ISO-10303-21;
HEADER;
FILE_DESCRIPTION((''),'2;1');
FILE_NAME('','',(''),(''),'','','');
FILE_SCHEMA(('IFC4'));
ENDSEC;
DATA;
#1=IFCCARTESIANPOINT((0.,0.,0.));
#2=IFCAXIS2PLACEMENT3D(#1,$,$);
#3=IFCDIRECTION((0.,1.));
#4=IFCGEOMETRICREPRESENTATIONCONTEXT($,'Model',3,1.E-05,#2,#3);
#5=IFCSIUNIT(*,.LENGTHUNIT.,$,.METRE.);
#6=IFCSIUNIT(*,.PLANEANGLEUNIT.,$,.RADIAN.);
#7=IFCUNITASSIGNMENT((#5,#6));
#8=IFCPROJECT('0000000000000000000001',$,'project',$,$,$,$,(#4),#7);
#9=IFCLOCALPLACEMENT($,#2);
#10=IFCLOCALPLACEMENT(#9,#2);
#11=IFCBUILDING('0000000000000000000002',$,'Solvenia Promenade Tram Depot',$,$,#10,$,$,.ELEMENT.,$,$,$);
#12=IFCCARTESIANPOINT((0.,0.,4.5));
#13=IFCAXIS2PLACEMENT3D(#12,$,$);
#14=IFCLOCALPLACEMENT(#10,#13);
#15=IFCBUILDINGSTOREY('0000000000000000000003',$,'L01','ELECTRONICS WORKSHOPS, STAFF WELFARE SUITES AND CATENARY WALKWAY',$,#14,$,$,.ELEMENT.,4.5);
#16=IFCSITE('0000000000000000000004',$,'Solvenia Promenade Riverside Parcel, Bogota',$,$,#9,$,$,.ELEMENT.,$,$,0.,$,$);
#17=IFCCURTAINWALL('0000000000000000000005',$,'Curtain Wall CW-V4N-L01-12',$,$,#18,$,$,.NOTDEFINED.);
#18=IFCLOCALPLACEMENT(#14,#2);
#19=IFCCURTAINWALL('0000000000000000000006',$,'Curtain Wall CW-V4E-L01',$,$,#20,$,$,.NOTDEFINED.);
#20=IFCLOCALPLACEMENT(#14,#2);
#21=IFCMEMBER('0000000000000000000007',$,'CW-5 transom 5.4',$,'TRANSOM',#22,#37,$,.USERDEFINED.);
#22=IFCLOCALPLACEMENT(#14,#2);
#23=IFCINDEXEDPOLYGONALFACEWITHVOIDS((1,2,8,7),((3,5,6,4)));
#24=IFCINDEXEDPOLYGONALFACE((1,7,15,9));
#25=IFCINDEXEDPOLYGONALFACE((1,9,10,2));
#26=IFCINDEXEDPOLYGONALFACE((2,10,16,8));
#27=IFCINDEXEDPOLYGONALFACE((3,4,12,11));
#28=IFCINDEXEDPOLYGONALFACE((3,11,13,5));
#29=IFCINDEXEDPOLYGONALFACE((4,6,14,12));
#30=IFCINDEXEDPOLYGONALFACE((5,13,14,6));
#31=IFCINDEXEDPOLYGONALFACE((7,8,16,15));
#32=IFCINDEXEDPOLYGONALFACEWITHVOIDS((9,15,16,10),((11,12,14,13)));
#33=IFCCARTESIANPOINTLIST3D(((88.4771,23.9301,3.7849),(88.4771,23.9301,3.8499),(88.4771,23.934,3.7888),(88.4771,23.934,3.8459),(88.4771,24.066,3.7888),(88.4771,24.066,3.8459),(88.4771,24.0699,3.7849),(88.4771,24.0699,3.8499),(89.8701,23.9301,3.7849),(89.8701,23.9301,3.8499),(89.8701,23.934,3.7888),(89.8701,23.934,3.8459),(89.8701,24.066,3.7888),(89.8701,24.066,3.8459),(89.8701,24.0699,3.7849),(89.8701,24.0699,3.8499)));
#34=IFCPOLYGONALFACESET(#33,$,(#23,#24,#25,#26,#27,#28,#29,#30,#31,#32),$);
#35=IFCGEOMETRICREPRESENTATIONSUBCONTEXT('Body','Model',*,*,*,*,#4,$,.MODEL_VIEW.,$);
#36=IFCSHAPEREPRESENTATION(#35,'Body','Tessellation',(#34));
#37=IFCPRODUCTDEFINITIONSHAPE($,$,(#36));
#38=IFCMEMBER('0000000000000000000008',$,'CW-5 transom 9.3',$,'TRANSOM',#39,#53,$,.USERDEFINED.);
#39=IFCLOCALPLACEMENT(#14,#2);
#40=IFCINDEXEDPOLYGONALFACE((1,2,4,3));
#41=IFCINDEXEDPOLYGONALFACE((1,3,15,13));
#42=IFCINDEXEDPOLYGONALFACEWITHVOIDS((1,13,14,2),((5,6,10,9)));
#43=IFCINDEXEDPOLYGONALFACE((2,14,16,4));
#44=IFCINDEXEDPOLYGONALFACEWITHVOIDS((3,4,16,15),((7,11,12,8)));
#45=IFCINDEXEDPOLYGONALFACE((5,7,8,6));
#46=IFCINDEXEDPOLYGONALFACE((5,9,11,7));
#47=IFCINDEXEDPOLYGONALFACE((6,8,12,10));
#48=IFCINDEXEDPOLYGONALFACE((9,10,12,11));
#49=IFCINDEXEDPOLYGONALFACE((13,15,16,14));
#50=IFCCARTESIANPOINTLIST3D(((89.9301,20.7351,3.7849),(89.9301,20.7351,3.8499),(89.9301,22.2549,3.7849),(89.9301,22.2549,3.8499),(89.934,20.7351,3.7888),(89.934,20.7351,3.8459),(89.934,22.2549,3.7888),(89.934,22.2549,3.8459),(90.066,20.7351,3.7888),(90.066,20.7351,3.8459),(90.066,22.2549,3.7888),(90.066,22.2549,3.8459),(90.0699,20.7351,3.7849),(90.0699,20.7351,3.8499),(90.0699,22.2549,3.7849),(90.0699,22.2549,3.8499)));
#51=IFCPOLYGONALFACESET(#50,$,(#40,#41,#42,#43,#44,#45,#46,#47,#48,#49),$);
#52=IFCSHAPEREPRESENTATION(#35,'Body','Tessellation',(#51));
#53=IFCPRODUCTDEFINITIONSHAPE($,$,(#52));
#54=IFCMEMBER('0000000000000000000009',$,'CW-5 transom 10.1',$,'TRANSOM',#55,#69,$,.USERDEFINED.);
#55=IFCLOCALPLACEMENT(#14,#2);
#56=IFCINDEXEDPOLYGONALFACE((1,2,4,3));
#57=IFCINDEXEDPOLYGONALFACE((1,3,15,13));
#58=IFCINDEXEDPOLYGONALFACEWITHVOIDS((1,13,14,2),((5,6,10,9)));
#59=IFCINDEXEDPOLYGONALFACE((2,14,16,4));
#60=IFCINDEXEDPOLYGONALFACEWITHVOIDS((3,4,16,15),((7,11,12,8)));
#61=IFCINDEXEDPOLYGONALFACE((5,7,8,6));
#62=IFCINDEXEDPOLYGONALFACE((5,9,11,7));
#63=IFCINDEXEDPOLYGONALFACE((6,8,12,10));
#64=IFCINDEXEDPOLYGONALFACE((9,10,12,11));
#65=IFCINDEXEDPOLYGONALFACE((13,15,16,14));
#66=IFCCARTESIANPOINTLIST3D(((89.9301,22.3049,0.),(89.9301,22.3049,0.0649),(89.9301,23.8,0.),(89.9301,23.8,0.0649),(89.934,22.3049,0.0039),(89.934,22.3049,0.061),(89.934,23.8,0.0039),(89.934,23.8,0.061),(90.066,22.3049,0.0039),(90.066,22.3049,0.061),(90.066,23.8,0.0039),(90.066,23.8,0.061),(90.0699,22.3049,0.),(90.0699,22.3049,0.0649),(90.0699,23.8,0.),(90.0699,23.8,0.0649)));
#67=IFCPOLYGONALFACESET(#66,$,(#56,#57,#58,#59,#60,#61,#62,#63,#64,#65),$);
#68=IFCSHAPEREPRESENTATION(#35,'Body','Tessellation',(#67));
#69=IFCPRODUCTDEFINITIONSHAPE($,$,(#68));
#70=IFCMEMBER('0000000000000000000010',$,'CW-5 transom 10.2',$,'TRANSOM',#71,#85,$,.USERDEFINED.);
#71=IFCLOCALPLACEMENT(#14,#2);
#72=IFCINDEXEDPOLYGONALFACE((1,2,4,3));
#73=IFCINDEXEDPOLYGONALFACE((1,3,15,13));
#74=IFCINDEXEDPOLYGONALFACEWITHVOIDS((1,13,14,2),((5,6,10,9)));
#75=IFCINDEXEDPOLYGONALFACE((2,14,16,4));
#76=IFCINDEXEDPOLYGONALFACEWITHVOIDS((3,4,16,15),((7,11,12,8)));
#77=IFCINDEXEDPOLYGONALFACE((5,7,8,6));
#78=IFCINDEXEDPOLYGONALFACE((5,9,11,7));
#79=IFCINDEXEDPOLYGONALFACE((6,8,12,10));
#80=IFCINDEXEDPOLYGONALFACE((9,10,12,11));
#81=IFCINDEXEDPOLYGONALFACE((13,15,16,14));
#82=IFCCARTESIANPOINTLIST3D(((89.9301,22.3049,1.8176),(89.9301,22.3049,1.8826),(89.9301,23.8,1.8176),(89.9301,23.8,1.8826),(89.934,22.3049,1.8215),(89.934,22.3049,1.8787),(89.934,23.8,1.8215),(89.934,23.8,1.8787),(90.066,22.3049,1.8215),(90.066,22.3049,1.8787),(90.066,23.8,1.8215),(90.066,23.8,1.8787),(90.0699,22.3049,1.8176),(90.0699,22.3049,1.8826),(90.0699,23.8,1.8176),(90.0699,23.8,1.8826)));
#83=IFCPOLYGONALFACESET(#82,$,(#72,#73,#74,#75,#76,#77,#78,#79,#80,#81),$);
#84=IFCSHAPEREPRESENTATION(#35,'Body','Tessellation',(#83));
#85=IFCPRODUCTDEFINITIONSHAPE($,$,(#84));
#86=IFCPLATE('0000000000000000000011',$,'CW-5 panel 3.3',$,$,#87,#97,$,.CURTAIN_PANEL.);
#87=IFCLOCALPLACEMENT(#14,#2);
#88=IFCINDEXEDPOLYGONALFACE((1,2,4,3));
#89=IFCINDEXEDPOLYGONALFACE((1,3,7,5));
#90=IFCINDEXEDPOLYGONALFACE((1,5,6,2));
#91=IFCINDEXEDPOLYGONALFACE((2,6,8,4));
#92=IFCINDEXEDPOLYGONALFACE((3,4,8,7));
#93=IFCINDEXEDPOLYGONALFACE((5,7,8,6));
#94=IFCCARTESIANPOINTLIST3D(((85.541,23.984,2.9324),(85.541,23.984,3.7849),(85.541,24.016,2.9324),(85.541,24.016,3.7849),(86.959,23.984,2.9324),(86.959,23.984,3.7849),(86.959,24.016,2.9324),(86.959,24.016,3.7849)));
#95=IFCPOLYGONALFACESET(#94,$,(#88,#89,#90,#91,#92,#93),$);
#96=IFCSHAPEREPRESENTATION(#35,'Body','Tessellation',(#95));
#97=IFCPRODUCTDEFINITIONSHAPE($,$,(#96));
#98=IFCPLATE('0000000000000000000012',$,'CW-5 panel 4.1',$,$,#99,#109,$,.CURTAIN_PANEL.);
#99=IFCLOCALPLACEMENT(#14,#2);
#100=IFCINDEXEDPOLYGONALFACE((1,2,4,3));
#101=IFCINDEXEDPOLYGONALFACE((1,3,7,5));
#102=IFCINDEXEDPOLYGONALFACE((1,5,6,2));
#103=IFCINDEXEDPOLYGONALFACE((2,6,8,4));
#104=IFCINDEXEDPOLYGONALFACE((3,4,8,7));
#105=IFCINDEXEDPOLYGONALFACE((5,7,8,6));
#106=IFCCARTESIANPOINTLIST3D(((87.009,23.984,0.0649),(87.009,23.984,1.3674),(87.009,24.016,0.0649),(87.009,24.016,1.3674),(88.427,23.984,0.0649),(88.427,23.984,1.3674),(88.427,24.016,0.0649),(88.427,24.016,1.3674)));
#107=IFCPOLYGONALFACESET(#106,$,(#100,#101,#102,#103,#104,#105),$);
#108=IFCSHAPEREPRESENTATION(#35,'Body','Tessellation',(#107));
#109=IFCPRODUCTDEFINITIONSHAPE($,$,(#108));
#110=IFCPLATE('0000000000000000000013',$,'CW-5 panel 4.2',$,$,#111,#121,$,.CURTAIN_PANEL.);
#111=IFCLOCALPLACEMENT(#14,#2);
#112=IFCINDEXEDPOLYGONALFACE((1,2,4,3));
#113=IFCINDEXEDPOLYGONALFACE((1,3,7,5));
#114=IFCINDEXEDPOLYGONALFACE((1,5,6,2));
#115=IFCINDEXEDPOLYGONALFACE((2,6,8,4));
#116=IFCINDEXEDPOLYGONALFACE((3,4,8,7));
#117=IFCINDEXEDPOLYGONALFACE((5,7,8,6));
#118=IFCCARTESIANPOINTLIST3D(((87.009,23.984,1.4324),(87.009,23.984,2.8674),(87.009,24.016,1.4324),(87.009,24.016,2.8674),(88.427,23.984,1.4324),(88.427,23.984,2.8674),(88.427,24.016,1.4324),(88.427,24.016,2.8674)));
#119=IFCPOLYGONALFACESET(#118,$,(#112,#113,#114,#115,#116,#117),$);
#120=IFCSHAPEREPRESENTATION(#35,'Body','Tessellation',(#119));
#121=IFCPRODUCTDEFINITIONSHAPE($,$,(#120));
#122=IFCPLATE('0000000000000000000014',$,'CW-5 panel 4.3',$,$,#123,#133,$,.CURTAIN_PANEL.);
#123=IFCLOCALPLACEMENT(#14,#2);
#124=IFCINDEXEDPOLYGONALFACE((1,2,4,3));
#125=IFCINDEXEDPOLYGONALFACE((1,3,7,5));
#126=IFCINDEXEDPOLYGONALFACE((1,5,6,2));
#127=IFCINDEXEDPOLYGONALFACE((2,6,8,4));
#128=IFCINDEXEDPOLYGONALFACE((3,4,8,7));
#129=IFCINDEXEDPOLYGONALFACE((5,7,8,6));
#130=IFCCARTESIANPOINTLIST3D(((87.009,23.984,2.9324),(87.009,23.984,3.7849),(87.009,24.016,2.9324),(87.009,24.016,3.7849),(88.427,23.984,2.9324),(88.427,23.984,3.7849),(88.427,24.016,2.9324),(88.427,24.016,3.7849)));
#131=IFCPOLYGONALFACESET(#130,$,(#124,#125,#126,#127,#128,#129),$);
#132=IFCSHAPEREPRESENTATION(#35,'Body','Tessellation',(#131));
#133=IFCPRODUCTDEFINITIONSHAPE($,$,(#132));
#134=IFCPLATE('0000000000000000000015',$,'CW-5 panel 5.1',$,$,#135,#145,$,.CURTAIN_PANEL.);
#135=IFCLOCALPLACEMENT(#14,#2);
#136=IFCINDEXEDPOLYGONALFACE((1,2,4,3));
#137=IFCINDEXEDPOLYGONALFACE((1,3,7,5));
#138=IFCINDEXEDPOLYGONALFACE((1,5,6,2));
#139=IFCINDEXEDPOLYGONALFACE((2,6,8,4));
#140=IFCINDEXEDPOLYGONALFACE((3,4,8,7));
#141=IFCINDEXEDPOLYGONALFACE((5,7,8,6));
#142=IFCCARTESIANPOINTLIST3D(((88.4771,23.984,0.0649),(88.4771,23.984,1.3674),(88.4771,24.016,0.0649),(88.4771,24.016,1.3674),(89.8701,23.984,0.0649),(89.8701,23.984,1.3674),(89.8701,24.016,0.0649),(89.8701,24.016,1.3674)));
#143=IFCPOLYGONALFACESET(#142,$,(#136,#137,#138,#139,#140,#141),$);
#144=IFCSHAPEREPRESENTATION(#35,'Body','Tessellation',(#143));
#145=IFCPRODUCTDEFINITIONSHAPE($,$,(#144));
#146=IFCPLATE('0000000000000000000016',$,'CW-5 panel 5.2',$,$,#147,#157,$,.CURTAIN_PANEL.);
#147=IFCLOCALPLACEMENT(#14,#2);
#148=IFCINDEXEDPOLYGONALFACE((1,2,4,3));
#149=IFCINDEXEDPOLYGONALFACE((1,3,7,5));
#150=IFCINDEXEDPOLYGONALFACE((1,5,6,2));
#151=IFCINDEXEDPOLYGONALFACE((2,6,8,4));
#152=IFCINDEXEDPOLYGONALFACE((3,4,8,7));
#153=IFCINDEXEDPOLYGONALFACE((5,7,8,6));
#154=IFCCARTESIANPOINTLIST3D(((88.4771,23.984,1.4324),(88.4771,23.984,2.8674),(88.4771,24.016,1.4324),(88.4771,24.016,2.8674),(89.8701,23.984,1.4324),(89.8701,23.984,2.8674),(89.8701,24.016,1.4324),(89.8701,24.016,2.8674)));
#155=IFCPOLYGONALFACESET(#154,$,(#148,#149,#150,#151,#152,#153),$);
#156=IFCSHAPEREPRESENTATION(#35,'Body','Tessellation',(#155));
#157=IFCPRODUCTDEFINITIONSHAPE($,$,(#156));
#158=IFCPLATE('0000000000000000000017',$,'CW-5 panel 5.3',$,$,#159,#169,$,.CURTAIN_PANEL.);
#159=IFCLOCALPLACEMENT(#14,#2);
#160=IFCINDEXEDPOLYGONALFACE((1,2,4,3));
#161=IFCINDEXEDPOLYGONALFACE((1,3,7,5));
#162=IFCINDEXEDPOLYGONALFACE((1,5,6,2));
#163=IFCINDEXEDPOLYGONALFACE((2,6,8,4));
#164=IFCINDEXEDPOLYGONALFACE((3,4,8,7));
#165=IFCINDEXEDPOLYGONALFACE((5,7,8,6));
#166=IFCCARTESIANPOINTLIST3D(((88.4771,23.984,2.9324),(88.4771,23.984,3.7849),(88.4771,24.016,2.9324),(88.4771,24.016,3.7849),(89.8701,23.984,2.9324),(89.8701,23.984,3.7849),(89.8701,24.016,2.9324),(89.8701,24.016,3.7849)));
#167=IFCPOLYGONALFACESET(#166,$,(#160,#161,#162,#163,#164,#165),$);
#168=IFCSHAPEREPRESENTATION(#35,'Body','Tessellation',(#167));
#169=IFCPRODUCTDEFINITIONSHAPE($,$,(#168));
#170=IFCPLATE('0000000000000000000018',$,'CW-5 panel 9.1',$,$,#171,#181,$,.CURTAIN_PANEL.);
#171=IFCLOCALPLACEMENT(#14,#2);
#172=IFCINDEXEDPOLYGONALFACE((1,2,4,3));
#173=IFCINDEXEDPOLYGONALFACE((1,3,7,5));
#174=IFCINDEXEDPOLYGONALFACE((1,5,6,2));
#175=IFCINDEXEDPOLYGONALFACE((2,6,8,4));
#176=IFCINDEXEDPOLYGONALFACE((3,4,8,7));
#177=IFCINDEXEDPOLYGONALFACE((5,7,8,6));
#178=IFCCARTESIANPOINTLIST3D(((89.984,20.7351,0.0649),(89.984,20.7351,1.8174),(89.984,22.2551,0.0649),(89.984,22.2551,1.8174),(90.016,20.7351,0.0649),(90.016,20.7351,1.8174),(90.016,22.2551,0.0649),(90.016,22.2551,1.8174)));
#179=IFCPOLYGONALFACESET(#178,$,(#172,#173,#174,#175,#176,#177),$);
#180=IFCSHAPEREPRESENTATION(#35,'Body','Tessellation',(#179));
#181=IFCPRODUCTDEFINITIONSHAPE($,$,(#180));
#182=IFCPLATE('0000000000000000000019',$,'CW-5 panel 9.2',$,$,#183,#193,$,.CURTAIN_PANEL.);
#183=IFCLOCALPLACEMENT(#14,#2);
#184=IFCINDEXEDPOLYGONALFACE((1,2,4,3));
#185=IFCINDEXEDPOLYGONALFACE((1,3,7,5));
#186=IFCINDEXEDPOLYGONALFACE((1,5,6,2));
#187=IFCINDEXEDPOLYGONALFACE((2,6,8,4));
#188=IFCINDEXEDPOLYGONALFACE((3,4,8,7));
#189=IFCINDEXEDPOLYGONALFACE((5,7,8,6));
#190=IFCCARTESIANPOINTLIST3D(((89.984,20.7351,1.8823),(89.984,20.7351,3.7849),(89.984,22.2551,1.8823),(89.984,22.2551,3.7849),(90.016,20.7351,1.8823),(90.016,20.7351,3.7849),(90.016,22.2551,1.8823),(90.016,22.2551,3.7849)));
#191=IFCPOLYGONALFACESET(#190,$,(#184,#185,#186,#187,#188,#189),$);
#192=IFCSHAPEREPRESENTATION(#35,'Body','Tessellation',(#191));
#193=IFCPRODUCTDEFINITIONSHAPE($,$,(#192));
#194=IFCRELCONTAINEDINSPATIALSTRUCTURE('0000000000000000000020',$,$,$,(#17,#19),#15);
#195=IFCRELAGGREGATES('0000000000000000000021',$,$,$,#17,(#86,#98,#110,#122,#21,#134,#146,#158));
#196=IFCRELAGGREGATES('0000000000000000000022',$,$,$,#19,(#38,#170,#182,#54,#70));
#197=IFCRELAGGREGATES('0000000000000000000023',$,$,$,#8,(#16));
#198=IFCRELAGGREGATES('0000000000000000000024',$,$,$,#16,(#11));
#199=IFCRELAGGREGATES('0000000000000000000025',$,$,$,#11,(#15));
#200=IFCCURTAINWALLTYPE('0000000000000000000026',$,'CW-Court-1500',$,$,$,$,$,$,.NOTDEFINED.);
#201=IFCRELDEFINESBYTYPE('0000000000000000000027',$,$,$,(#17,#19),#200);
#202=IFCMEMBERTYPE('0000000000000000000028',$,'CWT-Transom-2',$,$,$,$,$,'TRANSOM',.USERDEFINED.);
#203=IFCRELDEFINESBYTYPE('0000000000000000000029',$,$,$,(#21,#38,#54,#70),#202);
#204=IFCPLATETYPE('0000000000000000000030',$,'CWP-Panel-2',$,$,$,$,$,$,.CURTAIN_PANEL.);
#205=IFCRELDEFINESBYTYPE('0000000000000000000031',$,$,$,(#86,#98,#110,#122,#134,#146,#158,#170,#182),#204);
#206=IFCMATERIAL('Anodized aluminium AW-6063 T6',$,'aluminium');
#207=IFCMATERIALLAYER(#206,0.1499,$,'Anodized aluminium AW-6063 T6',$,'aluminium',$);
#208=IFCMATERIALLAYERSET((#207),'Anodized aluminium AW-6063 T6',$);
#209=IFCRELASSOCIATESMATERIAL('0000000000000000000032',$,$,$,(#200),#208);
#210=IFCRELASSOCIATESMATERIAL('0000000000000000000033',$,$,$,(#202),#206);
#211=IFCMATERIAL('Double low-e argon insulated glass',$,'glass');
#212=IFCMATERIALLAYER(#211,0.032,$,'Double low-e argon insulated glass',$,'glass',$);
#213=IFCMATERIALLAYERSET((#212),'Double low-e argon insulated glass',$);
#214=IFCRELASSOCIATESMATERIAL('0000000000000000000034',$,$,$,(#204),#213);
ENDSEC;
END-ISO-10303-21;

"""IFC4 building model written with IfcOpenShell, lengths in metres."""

from ifc_helpers import new_model, si_unit, direction, frame, origin, origin_2d, place, context, subcontext, project, spatial, rectangle, hollow_rectangle, extrude, material, layer, layer_set, material_profile, profile_set, type_object, element, aggregate, save


model = new_model("IFC4")

# Units and contexts
model_context = context("Model", 3, precision=1e-05, world=origin(), true_north=direction((0.0, 1.0)))
body_context = subcontext(model_context, "Body", "Model", "MODEL_VIEW")
ifc_project = project(units=[si_unit("LENGTHUNIT", "METRE"), si_unit("PLANEANGLEUNIT", "RADIAN")], contexts=[model_context])

# Site, building, storey
site_placement = place(None, origin())
site = spatial("IfcSite", under=ifc_project, at=site_placement, Name="Solvenia Promenade Riverside Parcel, Bogota", CompositionType="ELEMENT", RefElevation=0.0)
building_placement = place(site_placement, origin())
building = spatial("IfcBuilding", under=site, at=building_placement, Name="Solvenia Promenade Tram Depot", CompositionType="ELEMENT")
storey_placement = place(building_placement, frame((0.0, 0.0, 4.5)))
storey = spatial("IfcBuildingStorey", under=building, at=storey_placement, Name="L01", Description="ELECTRONICS WORKSHOPS, STAFF WELFARE SUITES AND CATENARY WALKWAY", CompositionType="ELEMENT", Elevation=4.5)

# Curtain wall
ifc_material_1 = material(Name="Anodized aluminium AW-6063 T6", Category="aluminium")
ifc_layer_1 = layer(ifc_material_1, 0.1499, Name="Anodized aluminium AW-6063 T6", Category="aluminium")
ifc_layer_set_1 = layer_set([ifc_layer_1], Name="Anodized aluminium AW-6063 T6")
curtain_wall_type = type_object("IfcCurtainWallType", Name="CW-Court-1500", PredefinedType="NOTDEFINED", material=ifc_layer_set_1)
curtain_wall_1_placement = place(storey_placement, origin())
curtain_wall_1 = element("IfcCurtainWall", 1, at=curtain_wall_1_placement, inside=storey, type_object=curtain_wall_type, Name="Curtain Wall CW-V4N-L01-12", PredefinedType="NOTDEFINED")

# Curtain wall
curtain_wall_2_placement = place(storey_placement, origin())
curtain_wall_2 = element("IfcCurtainWall", 2, at=curtain_wall_2_placement, inside=storey, type_object=curtain_wall_type, Name="Curtain Wall CW-V4E-L01", PredefinedType="NOTDEFINED")

# Members
ifc_material_profile_1 = material_profile(ifc_material_1, hollow_rectangle(XDim=0.1399, YDim=0.0649, WallThickness=0.0039, at=origin_2d()), Name="ALU-T2", Category="aluminium")
ifc_profile_set_1 = profile_set([ifc_material_profile_1], Name="Anodized aluminium AW-6063 T6")
member_type_1 = type_object("IfcMemberType", Name="CWT-Transom-2", ElementType="TRANSOM", PredefinedType="USERDEFINED", material=ifc_profile_set_1)
member_1_placement = place(storey_placement, frame((88.4771, 24.0, 3.8174), z_axis=(1.0, 0.0, 0.0), x_axis=(0.0, 1.0, 0.0)))
member_1 = element("IfcMember", 3, at=member_1_placement, type_object=member_type_1, Name="CW-5 transom 5.4", ObjectType="TRANSOM", PredefinedType="USERDEFINED", context=body_context, shape_type="SweptSolid", body=[
    extrude(hollow_rectangle(XDim=0.1399, YDim=0.0649, WallThickness=0.0039, at=origin_2d()), origin(), (0.0, 0.0, 1.0), 1.3931),
])
member_2_placement = place(storey_placement, frame((90.0, 20.7351, 3.8174), z_axis=(0.0, 1.0, 0.0), x_axis=(-1.0, 0.0, 0.0)))
member_2 = element("IfcMember", 4, at=member_2_placement, type_object=member_type_1, Name="CW-5 transom 9.3", ObjectType="TRANSOM", PredefinedType="USERDEFINED", context=body_context, shape_type="SweptSolid", body=[
    extrude(hollow_rectangle(XDim=0.1399, YDim=0.0649, WallThickness=0.0039, at=origin_2d()), origin(), (0.0, 0.0, 1.0), 1.5198),
])
member_3_placement = place(storey_placement, frame((90.0, 22.3049, 0.0325), z_axis=(0.0, 1.0, 0.0), x_axis=(-1.0, 0.0, 0.0)))
member_3 = element("IfcMember", 5, at=member_3_placement, type_object=member_type_1, Name="CW-5 transom 10.1", ObjectType="TRANSOM", PredefinedType="USERDEFINED", context=body_context, shape_type="SweptSolid", body=[
    extrude(hollow_rectangle(XDim=0.1399, YDim=0.0649, WallThickness=0.0039, at=origin_2d()), origin(), (0.0, 0.0, 1.0), 1.4951),
])
member_4_placement = place(storey_placement, frame((90.0, 22.3049, 1.8501), z_axis=(0.0, 1.0, 0.0), x_axis=(-1.0, 0.0, 0.0)))
member_4 = element("IfcMember", 6, at=member_4_placement, type_object=member_type_1, Name="CW-5 transom 10.2", ObjectType="TRANSOM", PredefinedType="USERDEFINED", context=body_context, shape_type="SweptSolid", body=[
    extrude(hollow_rectangle(XDim=0.1399, YDim=0.0649, WallThickness=0.0039, at=origin_2d()), origin(), (0.0, 0.0, 1.0), 1.4951),
])

# Plates
ifc_material_2 = material(Name="Double low-e argon insulated glass", Category="glass")
ifc_layer_2 = layer(ifc_material_2, 0.032, Name="Double low-e argon insulated glass", Category="glass")
ifc_layer_set_2 = layer_set([ifc_layer_2], Name="Double low-e argon insulated glass")
plate_type = type_object("IfcPlateType", Name="CWP-Panel-2", PredefinedType="CURTAIN_PANEL", material=ifc_layer_set_2)
plate_1_placement = place(storey_placement, frame((86.25, 24.0, 2.9324), z_axis=(0.0, 0.0, 1.0), x_axis=(1.0, 0.0, 0.0)))
plate_1 = element("IfcPlate", 7, at=plate_1_placement, type_object=plate_type, Name="CW-5 panel 3.3", PredefinedType="CURTAIN_PANEL", context=body_context, shape_type="SweptSolid", body=[
    extrude(rectangle(XDim=1.418, YDim=0.032, at=origin_2d()), origin(), (0.0, 0.0, 1.0), 0.8525),
])
plate_2_placement = place(storey_placement, frame((87.718, 24.0, 0.0649), z_axis=(0.0, 0.0, 1.0), x_axis=(1.0, 0.0, 0.0)))
plate_2 = element("IfcPlate", 8, at=plate_2_placement, type_object=plate_type, Name="CW-5 panel 4.1", PredefinedType="CURTAIN_PANEL", context=body_context, shape_type="SweptSolid", body=[
    extrude(rectangle(XDim=1.418, YDim=0.032, at=origin_2d()), origin(), (0.0, 0.0, 1.0), 1.3025),
])
plate_3_placement = place(storey_placement, frame((87.718, 24.0, 1.4324), z_axis=(0.0, 0.0, 1.0), x_axis=(1.0, 0.0, 0.0)))
plate_3 = element("IfcPlate", 9, at=plate_3_placement, type_object=plate_type, Name="CW-5 panel 4.2", PredefinedType="CURTAIN_PANEL", context=body_context, shape_type="SweptSolid", body=[
    extrude(rectangle(XDim=1.418, YDim=0.032, at=origin_2d()), origin(), (0.0, 0.0, 1.0), 1.4351),
])
plate_4_placement = place(storey_placement, frame((87.718, 24.0, 2.9324), z_axis=(0.0, 0.0, 1.0), x_axis=(1.0, 0.0, 0.0)))
plate_4 = element("IfcPlate", 10, at=plate_4_placement, type_object=plate_type, Name="CW-5 panel 4.3", PredefinedType="CURTAIN_PANEL", context=body_context, shape_type="SweptSolid", body=[
    extrude(rectangle(XDim=1.418, YDim=0.032, at=origin_2d()), origin(), (0.0, 0.0, 1.0), 0.8525),
])
plate_5_placement = place(storey_placement, frame((89.1736, 24.0, 0.0649), z_axis=(0.0, 0.0, 1.0), x_axis=(1.0, 0.0, 0.0)))
plate_5 = element("IfcPlate", 11, at=plate_5_placement, type_object=plate_type, Name="CW-5 panel 5.1", PredefinedType="CURTAIN_PANEL", context=body_context, shape_type="SweptSolid", body=[
    extrude(rectangle(XDim=1.3931, YDim=0.032, at=origin_2d()), origin(), (0.0, 0.0, 1.0), 1.3025),
])
plate_6_placement = place(storey_placement, frame((89.1736, 24.0, 1.4324), z_axis=(0.0, 0.0, 1.0), x_axis=(1.0, 0.0, 0.0)))
plate_6 = element("IfcPlate", 12, at=plate_6_placement, type_object=plate_type, Name="CW-5 panel 5.2", PredefinedType="CURTAIN_PANEL", context=body_context, shape_type="SweptSolid", body=[
    extrude(rectangle(XDim=1.3931, YDim=0.032, at=origin_2d()), origin(), (0.0, 0.0, 1.0), 1.4351),
])
plate_7_placement = place(storey_placement, frame((89.1736, 24.0, 2.9324), z_axis=(0.0, 0.0, 1.0), x_axis=(1.0, 0.0, 0.0)))
plate_7 = element("IfcPlate", 13, at=plate_7_placement, type_object=plate_type, Name="CW-5 panel 5.3", PredefinedType="CURTAIN_PANEL", context=body_context, shape_type="SweptSolid", body=[
    extrude(rectangle(XDim=1.3931, YDim=0.032, at=origin_2d()), origin(), (0.0, 0.0, 1.0), 0.8525),
])
aggregate(curtain_wall_1, [plate_1, plate_2, plate_3, plate_4, member_1, plate_5, plate_6, plate_7])
plate_8_placement = place(storey_placement, frame((90.0, 21.4951, 0.0649), z_axis=(0.0, 0.0, 1.0), x_axis=(0.0, 1.0, 0.0)))
plate_8 = element("IfcPlate", 14, at=plate_8_placement, type_object=plate_type, Name="CW-5 panel 9.1", PredefinedType="CURTAIN_PANEL", context=body_context, shape_type="SweptSolid", body=[
    extrude(rectangle(XDim=1.52, YDim=0.032, at=origin_2d()), origin(), (0.0, 0.0, 1.0), 1.7524),
])
plate_9_placement = place(storey_placement, frame((90.0, 21.4951, 1.8823), z_axis=(0.0, 0.0, 1.0), x_axis=(0.0, 1.0, 0.0)))
plate_9 = element("IfcPlate", 15, at=plate_9_placement, type_object=plate_type, Name="CW-5 panel 9.2", PredefinedType="CURTAIN_PANEL", context=body_context, shape_type="SweptSolid", body=[
    extrude(rectangle(XDim=1.52, YDim=0.032, at=origin_2d()), origin(), (0.0, 0.0, 1.0), 1.9026),
])
aggregate(curtain_wall_2, [member_2, plate_8, plate_9, member_3, member_4])

save(model, "model.ifc")
